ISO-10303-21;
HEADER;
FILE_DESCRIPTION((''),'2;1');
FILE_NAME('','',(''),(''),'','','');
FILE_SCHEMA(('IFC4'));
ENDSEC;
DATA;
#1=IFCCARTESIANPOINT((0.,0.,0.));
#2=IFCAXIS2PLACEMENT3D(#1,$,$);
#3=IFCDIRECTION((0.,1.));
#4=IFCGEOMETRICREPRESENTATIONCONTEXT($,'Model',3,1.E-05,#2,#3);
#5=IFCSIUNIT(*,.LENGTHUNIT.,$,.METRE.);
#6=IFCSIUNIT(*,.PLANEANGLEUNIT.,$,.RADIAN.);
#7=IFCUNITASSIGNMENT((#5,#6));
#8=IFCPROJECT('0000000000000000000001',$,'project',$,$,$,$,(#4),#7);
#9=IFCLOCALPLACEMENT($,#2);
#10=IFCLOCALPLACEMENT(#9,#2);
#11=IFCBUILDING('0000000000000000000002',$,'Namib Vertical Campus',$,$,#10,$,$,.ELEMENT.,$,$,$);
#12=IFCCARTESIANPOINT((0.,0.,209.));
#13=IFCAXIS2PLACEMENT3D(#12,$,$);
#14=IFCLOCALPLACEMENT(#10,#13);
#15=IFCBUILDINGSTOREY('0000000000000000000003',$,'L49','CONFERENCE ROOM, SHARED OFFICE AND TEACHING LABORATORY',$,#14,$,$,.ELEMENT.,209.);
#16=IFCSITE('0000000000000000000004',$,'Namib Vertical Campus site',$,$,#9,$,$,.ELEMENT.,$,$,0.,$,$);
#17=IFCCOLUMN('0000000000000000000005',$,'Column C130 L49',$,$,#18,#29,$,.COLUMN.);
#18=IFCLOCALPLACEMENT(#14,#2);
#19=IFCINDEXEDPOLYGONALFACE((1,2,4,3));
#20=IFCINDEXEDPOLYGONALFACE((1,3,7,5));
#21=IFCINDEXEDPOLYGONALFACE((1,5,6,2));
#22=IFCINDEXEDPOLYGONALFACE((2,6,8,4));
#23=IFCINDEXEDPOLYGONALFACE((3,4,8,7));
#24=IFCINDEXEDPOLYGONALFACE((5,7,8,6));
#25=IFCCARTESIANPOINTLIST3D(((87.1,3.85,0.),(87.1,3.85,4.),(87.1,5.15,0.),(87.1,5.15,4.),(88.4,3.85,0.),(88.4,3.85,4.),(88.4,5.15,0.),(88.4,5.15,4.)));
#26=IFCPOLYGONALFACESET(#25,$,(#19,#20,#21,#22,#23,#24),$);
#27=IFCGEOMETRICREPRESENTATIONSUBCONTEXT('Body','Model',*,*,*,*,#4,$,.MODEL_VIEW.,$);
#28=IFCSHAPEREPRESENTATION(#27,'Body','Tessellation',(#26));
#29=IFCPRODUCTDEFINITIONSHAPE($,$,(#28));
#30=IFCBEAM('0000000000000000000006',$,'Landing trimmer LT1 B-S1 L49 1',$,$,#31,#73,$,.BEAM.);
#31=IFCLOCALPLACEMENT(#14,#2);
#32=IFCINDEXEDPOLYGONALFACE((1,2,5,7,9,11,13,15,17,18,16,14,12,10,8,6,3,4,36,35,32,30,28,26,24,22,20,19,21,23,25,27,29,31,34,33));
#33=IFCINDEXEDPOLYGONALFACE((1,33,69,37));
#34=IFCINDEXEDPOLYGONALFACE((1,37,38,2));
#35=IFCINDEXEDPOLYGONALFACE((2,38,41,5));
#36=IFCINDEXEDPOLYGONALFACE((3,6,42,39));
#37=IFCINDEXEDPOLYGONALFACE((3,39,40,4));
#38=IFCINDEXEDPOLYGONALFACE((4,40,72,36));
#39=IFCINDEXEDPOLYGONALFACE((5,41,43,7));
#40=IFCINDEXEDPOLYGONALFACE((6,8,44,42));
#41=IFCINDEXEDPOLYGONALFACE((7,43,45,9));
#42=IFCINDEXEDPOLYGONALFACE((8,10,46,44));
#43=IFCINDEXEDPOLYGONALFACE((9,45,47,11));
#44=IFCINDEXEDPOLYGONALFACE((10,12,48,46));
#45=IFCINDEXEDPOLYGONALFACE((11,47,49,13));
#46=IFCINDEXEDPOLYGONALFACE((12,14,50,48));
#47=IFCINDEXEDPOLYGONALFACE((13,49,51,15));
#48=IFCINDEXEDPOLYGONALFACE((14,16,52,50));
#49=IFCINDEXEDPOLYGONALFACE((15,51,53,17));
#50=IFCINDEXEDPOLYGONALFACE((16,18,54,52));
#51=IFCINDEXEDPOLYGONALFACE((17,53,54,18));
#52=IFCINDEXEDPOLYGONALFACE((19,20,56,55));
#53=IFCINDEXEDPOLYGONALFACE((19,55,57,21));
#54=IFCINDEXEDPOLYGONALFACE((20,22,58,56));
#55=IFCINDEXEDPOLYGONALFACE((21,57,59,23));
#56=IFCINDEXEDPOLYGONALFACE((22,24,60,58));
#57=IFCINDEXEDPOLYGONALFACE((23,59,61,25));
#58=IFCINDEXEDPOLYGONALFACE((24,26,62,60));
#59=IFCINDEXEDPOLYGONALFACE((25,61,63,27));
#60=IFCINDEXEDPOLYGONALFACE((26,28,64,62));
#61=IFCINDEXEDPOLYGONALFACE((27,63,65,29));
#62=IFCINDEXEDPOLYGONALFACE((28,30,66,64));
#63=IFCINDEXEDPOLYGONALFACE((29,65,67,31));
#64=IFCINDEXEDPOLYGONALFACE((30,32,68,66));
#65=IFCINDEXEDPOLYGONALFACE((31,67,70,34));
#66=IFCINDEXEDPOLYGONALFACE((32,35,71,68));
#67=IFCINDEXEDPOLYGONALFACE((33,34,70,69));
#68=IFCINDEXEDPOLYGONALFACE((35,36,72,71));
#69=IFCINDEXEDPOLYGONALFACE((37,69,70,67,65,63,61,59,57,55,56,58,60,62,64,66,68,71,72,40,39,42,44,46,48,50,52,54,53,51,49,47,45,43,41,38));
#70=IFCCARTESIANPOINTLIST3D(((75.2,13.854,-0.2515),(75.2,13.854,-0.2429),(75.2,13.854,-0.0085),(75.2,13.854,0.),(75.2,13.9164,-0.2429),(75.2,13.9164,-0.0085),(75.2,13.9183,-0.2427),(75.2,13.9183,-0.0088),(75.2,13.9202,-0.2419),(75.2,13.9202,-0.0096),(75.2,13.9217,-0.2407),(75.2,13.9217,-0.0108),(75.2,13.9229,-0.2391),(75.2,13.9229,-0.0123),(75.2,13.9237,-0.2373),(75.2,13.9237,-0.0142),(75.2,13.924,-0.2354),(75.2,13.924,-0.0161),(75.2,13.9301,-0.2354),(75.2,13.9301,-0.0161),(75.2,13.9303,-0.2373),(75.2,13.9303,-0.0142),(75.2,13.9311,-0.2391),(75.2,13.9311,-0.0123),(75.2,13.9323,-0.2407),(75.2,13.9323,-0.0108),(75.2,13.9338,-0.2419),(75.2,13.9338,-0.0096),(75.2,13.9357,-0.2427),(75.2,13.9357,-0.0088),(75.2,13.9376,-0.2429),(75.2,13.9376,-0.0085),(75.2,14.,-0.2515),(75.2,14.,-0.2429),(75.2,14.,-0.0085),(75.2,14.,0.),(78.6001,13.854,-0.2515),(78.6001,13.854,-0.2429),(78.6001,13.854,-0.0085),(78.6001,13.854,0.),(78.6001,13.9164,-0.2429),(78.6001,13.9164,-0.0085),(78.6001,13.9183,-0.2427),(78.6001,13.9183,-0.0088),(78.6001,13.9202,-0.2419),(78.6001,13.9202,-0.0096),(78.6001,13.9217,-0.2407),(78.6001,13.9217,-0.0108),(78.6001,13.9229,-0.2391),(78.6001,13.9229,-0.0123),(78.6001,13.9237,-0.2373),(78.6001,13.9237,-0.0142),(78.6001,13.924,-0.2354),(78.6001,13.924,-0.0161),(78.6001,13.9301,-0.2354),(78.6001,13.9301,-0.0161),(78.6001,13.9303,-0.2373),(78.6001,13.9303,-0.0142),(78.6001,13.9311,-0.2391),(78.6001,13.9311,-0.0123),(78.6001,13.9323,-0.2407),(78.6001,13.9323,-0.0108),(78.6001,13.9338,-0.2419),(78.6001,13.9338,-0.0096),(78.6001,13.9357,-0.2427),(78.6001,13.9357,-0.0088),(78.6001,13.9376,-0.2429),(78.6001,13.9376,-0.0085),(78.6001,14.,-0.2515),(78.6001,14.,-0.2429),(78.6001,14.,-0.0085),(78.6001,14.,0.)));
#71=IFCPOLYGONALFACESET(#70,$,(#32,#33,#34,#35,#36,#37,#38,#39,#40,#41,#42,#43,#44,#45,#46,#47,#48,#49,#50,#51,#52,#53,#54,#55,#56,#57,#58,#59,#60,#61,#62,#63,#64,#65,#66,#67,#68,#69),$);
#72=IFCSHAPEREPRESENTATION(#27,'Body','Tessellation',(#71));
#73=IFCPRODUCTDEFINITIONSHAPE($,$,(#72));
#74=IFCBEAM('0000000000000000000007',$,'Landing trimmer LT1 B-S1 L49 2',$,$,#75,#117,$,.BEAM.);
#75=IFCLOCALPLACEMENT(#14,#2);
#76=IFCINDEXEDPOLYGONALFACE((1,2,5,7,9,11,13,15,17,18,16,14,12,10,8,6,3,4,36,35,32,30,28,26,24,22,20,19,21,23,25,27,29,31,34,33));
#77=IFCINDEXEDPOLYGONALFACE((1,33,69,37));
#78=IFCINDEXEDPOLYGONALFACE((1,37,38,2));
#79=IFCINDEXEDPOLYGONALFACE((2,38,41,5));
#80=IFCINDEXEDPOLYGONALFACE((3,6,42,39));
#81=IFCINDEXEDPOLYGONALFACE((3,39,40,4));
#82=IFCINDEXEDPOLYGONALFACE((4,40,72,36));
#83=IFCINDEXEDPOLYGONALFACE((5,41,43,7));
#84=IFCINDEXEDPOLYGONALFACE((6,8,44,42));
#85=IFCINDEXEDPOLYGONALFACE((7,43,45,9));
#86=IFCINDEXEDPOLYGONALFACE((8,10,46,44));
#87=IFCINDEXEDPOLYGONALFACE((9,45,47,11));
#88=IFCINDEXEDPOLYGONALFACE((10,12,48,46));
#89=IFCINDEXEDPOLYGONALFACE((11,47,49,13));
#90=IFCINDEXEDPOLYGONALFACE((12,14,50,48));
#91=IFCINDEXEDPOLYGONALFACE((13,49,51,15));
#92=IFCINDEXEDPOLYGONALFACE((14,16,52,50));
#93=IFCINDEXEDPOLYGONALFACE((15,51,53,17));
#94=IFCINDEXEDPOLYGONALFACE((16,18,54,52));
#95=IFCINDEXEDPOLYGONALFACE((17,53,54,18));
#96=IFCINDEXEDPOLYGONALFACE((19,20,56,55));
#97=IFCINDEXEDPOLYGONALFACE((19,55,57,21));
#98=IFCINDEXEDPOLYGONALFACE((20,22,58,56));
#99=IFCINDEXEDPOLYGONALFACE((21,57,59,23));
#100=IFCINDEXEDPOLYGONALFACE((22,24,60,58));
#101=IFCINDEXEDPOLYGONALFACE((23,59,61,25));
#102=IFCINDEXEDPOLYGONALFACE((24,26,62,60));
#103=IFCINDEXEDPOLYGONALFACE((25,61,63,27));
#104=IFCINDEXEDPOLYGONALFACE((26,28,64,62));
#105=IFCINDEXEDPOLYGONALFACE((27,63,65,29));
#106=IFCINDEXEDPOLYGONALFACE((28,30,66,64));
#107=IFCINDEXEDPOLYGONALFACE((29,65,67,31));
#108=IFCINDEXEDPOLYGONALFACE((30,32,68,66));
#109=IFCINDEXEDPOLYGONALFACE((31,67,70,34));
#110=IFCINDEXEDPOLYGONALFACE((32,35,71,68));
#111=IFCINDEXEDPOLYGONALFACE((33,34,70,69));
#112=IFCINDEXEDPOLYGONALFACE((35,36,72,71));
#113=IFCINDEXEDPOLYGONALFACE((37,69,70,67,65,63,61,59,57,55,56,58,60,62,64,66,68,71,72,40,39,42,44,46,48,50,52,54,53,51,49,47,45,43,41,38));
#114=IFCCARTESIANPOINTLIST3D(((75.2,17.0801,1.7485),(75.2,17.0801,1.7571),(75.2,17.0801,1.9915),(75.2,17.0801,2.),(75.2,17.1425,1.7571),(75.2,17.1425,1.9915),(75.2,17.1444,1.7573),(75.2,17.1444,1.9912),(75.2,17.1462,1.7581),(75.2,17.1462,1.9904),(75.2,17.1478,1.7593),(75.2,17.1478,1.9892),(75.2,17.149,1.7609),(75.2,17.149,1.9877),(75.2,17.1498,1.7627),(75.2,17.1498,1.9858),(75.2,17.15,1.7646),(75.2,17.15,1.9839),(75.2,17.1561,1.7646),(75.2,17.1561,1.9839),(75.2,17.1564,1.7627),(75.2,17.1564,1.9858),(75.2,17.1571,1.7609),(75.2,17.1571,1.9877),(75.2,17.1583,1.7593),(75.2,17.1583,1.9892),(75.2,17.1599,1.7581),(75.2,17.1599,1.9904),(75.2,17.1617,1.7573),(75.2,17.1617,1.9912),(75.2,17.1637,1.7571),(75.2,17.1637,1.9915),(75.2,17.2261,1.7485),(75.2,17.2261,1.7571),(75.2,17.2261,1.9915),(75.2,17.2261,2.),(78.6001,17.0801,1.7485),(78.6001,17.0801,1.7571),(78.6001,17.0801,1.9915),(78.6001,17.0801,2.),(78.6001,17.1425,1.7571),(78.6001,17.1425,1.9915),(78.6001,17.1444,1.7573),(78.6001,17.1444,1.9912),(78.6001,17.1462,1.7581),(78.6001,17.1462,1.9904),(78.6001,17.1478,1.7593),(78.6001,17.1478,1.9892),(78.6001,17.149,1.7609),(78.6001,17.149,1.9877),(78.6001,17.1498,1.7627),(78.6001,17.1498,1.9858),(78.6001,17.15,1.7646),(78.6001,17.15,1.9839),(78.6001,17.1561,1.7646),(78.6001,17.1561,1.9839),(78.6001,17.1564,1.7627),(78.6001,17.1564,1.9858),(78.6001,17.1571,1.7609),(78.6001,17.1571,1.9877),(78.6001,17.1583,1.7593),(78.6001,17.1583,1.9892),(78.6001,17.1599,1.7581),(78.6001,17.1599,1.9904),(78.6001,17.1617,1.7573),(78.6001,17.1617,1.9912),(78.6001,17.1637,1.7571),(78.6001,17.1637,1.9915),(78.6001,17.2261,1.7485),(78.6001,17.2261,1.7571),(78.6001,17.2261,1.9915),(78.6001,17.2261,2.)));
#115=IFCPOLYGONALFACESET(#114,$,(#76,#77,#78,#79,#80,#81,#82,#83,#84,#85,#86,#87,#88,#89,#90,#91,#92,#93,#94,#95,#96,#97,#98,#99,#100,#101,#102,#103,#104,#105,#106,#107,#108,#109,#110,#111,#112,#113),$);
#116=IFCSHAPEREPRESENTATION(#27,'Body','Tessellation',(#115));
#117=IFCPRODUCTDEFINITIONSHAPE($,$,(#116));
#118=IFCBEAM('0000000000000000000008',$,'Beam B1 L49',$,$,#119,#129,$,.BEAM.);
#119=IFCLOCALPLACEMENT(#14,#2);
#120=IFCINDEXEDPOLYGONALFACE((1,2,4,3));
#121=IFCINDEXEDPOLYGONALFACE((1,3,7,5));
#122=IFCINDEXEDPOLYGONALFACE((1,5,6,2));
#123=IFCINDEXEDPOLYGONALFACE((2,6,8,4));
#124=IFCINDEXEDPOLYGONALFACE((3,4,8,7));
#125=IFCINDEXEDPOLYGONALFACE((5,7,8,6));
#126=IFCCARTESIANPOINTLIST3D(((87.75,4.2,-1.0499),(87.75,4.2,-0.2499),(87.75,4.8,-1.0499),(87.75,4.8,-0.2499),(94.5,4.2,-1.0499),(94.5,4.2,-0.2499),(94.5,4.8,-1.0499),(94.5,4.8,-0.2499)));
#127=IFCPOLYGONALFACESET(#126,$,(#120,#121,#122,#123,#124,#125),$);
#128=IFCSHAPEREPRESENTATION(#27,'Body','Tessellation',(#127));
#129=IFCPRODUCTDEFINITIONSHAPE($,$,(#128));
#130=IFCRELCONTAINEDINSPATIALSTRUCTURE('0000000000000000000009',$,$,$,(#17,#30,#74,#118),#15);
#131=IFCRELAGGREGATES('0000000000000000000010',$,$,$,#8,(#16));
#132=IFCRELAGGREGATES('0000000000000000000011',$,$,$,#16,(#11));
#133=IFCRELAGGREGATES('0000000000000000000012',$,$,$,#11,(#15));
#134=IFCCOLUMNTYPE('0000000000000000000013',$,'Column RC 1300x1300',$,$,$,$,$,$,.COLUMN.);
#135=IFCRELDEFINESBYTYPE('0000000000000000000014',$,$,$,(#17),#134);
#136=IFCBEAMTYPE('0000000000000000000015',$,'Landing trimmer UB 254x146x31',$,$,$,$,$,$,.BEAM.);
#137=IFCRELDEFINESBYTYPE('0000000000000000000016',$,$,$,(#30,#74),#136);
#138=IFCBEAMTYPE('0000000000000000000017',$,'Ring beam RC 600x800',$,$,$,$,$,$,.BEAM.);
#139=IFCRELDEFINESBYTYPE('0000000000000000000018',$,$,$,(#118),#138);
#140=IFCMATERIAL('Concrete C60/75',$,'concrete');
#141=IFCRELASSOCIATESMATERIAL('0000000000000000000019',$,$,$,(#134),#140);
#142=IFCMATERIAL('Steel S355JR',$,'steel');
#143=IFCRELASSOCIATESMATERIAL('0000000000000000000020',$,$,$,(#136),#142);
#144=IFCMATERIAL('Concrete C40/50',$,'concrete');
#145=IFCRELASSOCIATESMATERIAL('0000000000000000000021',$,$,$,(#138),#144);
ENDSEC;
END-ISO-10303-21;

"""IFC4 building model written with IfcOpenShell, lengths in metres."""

from ifc_helpers import new_model, si_unit, direction, frame, origin, origin_2d, place, context, subcontext, project, spatial, rectangle, i_section, extrude, material, material_profile, profile_set, type_object, element, save


model = new_model("IFC4")

# Units and contexts
model_context = context("Model", 3, precision=1e-05, world=origin(), true_north=direction((0.0, 1.0)))
body_context = subcontext(model_context, "Body", "Model", "MODEL_VIEW")
ifc_project = project(units=[si_unit("LENGTHUNIT", "METRE"), si_unit("PLANEANGLEUNIT", "RADIAN")], contexts=[model_context])

# Site, building, storey
site_placement = place(None, origin())
site = spatial("IfcSite", under=ifc_project, at=site_placement, Name="Namib Vertical Campus site", CompositionType="ELEMENT", RefElevation=0.0)
building_placement = place(site_placement, origin())
building = spatial("IfcBuilding", under=site, at=building_placement, Name="Namib Vertical Campus", CompositionType="ELEMENT")
storey_placement = place(building_placement, frame((0.0, 0.0, 209.0)))
storey = spatial("IfcBuildingStorey", under=building, at=storey_placement, Name="L49", Description="CONFERENCE ROOM, SHARED OFFICE AND TEACHING LABORATORY", CompositionType="ELEMENT", Elevation=209.0)

# Column
ifc_material_1 = material(Name="Concrete C60/75", Category="concrete")
ifc_material_profile_1 = material_profile(ifc_material_1, rectangle(XDim=1.3, YDim=1.3, at=origin_2d()))
ifc_profile_set_1 = profile_set([ifc_material_profile_1], Name="Concrete C60/75")
column_type = type_object("IfcColumnType", Name="Column RC 1300x1300", PredefinedType="COLUMN", material=ifc_profile_set_1)
column_placement = place(storey_placement, frame((87.75, 4.5, 0.0), z_axis=(0.0, 0.0, 1.0), x_axis=(1.0, 0.0, 0.0)))
element("IfcColumn", 1, at=column_placement, inside=storey, type_object=column_type, Name="Column C130 L49", PredefinedType="COLUMN", context=body_context, shape_type="SweptSolid", body=[
    extrude(rectangle(XDim=1.3, YDim=1.3, at=origin_2d()), origin(), (0.0, 0.0, 1.0), 4.0),
])

# Beams
ifc_material_2 = material(Name="Steel S355JR", Category="steel")
ifc_material_profile_2 = material_profile(ifc_material_2, i_section(OverallWidth=0.146, OverallDepth=0.2515, WebThickness=0.0061, FlangeThickness=0.0085, FilletRadius=0.0076, at=origin_2d()))
ifc_profile_set_2 = profile_set([ifc_material_profile_2], Name="Steel S355JR")
beam_type_1 = type_object("IfcBeamType", Name="Landing trimmer UB 254x146x31", PredefinedType="BEAM", material=ifc_profile_set_2)
for number, where, z_axis, x_axis, name in (
    (2, (75.2, 13.927, -0.1257), (1.0, 0.0, 0.0), (0.0, 1.0, 0.0), "Landing trimmer LT1 B-S1 L49 1"),
    (3, (75.2, 17.1531, 1.8743), (1.0, 0.0, 0.0), (0.0, 1.0, 0.0), "Landing trimmer LT1 B-S1 L49 2"),
):
    element("IfcBeam", number, at=place(storey_placement, frame(where, z_axis=z_axis, x_axis=x_axis)), inside=storey, type_object=beam_type_1, Name=name, PredefinedType="BEAM", context=body_context, shape_type="SweptSolid", body=[
        extrude(i_section(OverallWidth=0.146, OverallDepth=0.2515, WebThickness=0.0061, FlangeThickness=0.0085, FilletRadius=0.0076, at=origin_2d()), origin(), (0.0, 0.0, 1.0), 3.4001),
    ])
ifc_material_3 = material(Name="Concrete C40/50", Category="concrete")
ifc_material_profile_3 = material_profile(ifc_material_3, rectangle(XDim=0.6001, YDim=0.8, at=origin_2d()))
ifc_profile_set_3 = profile_set([ifc_material_profile_3], Name="Concrete C40/50")
beam_type_2 = type_object("IfcBeamType", Name="Ring beam RC 600x800", PredefinedType="BEAM", material=ifc_profile_set_3)
beam_placement = place(storey_placement, frame((87.75, 4.5, -0.6499), z_axis=(1.0, 0.0, 0.0), x_axis=(0.0, 1.0, 0.0)))
element("IfcBeam", 4, at=beam_placement, inside=storey, type_object=beam_type_2, Name="Beam B1 L49", PredefinedType="BEAM", context=body_context, shape_type="SweptSolid", body=[
    extrude(rectangle(XDim=0.6001, YDim=0.8, at=origin_2d()), origin(), (0.0, 0.0, 1.0), 6.75),
])

save(model, "model.ifc")
